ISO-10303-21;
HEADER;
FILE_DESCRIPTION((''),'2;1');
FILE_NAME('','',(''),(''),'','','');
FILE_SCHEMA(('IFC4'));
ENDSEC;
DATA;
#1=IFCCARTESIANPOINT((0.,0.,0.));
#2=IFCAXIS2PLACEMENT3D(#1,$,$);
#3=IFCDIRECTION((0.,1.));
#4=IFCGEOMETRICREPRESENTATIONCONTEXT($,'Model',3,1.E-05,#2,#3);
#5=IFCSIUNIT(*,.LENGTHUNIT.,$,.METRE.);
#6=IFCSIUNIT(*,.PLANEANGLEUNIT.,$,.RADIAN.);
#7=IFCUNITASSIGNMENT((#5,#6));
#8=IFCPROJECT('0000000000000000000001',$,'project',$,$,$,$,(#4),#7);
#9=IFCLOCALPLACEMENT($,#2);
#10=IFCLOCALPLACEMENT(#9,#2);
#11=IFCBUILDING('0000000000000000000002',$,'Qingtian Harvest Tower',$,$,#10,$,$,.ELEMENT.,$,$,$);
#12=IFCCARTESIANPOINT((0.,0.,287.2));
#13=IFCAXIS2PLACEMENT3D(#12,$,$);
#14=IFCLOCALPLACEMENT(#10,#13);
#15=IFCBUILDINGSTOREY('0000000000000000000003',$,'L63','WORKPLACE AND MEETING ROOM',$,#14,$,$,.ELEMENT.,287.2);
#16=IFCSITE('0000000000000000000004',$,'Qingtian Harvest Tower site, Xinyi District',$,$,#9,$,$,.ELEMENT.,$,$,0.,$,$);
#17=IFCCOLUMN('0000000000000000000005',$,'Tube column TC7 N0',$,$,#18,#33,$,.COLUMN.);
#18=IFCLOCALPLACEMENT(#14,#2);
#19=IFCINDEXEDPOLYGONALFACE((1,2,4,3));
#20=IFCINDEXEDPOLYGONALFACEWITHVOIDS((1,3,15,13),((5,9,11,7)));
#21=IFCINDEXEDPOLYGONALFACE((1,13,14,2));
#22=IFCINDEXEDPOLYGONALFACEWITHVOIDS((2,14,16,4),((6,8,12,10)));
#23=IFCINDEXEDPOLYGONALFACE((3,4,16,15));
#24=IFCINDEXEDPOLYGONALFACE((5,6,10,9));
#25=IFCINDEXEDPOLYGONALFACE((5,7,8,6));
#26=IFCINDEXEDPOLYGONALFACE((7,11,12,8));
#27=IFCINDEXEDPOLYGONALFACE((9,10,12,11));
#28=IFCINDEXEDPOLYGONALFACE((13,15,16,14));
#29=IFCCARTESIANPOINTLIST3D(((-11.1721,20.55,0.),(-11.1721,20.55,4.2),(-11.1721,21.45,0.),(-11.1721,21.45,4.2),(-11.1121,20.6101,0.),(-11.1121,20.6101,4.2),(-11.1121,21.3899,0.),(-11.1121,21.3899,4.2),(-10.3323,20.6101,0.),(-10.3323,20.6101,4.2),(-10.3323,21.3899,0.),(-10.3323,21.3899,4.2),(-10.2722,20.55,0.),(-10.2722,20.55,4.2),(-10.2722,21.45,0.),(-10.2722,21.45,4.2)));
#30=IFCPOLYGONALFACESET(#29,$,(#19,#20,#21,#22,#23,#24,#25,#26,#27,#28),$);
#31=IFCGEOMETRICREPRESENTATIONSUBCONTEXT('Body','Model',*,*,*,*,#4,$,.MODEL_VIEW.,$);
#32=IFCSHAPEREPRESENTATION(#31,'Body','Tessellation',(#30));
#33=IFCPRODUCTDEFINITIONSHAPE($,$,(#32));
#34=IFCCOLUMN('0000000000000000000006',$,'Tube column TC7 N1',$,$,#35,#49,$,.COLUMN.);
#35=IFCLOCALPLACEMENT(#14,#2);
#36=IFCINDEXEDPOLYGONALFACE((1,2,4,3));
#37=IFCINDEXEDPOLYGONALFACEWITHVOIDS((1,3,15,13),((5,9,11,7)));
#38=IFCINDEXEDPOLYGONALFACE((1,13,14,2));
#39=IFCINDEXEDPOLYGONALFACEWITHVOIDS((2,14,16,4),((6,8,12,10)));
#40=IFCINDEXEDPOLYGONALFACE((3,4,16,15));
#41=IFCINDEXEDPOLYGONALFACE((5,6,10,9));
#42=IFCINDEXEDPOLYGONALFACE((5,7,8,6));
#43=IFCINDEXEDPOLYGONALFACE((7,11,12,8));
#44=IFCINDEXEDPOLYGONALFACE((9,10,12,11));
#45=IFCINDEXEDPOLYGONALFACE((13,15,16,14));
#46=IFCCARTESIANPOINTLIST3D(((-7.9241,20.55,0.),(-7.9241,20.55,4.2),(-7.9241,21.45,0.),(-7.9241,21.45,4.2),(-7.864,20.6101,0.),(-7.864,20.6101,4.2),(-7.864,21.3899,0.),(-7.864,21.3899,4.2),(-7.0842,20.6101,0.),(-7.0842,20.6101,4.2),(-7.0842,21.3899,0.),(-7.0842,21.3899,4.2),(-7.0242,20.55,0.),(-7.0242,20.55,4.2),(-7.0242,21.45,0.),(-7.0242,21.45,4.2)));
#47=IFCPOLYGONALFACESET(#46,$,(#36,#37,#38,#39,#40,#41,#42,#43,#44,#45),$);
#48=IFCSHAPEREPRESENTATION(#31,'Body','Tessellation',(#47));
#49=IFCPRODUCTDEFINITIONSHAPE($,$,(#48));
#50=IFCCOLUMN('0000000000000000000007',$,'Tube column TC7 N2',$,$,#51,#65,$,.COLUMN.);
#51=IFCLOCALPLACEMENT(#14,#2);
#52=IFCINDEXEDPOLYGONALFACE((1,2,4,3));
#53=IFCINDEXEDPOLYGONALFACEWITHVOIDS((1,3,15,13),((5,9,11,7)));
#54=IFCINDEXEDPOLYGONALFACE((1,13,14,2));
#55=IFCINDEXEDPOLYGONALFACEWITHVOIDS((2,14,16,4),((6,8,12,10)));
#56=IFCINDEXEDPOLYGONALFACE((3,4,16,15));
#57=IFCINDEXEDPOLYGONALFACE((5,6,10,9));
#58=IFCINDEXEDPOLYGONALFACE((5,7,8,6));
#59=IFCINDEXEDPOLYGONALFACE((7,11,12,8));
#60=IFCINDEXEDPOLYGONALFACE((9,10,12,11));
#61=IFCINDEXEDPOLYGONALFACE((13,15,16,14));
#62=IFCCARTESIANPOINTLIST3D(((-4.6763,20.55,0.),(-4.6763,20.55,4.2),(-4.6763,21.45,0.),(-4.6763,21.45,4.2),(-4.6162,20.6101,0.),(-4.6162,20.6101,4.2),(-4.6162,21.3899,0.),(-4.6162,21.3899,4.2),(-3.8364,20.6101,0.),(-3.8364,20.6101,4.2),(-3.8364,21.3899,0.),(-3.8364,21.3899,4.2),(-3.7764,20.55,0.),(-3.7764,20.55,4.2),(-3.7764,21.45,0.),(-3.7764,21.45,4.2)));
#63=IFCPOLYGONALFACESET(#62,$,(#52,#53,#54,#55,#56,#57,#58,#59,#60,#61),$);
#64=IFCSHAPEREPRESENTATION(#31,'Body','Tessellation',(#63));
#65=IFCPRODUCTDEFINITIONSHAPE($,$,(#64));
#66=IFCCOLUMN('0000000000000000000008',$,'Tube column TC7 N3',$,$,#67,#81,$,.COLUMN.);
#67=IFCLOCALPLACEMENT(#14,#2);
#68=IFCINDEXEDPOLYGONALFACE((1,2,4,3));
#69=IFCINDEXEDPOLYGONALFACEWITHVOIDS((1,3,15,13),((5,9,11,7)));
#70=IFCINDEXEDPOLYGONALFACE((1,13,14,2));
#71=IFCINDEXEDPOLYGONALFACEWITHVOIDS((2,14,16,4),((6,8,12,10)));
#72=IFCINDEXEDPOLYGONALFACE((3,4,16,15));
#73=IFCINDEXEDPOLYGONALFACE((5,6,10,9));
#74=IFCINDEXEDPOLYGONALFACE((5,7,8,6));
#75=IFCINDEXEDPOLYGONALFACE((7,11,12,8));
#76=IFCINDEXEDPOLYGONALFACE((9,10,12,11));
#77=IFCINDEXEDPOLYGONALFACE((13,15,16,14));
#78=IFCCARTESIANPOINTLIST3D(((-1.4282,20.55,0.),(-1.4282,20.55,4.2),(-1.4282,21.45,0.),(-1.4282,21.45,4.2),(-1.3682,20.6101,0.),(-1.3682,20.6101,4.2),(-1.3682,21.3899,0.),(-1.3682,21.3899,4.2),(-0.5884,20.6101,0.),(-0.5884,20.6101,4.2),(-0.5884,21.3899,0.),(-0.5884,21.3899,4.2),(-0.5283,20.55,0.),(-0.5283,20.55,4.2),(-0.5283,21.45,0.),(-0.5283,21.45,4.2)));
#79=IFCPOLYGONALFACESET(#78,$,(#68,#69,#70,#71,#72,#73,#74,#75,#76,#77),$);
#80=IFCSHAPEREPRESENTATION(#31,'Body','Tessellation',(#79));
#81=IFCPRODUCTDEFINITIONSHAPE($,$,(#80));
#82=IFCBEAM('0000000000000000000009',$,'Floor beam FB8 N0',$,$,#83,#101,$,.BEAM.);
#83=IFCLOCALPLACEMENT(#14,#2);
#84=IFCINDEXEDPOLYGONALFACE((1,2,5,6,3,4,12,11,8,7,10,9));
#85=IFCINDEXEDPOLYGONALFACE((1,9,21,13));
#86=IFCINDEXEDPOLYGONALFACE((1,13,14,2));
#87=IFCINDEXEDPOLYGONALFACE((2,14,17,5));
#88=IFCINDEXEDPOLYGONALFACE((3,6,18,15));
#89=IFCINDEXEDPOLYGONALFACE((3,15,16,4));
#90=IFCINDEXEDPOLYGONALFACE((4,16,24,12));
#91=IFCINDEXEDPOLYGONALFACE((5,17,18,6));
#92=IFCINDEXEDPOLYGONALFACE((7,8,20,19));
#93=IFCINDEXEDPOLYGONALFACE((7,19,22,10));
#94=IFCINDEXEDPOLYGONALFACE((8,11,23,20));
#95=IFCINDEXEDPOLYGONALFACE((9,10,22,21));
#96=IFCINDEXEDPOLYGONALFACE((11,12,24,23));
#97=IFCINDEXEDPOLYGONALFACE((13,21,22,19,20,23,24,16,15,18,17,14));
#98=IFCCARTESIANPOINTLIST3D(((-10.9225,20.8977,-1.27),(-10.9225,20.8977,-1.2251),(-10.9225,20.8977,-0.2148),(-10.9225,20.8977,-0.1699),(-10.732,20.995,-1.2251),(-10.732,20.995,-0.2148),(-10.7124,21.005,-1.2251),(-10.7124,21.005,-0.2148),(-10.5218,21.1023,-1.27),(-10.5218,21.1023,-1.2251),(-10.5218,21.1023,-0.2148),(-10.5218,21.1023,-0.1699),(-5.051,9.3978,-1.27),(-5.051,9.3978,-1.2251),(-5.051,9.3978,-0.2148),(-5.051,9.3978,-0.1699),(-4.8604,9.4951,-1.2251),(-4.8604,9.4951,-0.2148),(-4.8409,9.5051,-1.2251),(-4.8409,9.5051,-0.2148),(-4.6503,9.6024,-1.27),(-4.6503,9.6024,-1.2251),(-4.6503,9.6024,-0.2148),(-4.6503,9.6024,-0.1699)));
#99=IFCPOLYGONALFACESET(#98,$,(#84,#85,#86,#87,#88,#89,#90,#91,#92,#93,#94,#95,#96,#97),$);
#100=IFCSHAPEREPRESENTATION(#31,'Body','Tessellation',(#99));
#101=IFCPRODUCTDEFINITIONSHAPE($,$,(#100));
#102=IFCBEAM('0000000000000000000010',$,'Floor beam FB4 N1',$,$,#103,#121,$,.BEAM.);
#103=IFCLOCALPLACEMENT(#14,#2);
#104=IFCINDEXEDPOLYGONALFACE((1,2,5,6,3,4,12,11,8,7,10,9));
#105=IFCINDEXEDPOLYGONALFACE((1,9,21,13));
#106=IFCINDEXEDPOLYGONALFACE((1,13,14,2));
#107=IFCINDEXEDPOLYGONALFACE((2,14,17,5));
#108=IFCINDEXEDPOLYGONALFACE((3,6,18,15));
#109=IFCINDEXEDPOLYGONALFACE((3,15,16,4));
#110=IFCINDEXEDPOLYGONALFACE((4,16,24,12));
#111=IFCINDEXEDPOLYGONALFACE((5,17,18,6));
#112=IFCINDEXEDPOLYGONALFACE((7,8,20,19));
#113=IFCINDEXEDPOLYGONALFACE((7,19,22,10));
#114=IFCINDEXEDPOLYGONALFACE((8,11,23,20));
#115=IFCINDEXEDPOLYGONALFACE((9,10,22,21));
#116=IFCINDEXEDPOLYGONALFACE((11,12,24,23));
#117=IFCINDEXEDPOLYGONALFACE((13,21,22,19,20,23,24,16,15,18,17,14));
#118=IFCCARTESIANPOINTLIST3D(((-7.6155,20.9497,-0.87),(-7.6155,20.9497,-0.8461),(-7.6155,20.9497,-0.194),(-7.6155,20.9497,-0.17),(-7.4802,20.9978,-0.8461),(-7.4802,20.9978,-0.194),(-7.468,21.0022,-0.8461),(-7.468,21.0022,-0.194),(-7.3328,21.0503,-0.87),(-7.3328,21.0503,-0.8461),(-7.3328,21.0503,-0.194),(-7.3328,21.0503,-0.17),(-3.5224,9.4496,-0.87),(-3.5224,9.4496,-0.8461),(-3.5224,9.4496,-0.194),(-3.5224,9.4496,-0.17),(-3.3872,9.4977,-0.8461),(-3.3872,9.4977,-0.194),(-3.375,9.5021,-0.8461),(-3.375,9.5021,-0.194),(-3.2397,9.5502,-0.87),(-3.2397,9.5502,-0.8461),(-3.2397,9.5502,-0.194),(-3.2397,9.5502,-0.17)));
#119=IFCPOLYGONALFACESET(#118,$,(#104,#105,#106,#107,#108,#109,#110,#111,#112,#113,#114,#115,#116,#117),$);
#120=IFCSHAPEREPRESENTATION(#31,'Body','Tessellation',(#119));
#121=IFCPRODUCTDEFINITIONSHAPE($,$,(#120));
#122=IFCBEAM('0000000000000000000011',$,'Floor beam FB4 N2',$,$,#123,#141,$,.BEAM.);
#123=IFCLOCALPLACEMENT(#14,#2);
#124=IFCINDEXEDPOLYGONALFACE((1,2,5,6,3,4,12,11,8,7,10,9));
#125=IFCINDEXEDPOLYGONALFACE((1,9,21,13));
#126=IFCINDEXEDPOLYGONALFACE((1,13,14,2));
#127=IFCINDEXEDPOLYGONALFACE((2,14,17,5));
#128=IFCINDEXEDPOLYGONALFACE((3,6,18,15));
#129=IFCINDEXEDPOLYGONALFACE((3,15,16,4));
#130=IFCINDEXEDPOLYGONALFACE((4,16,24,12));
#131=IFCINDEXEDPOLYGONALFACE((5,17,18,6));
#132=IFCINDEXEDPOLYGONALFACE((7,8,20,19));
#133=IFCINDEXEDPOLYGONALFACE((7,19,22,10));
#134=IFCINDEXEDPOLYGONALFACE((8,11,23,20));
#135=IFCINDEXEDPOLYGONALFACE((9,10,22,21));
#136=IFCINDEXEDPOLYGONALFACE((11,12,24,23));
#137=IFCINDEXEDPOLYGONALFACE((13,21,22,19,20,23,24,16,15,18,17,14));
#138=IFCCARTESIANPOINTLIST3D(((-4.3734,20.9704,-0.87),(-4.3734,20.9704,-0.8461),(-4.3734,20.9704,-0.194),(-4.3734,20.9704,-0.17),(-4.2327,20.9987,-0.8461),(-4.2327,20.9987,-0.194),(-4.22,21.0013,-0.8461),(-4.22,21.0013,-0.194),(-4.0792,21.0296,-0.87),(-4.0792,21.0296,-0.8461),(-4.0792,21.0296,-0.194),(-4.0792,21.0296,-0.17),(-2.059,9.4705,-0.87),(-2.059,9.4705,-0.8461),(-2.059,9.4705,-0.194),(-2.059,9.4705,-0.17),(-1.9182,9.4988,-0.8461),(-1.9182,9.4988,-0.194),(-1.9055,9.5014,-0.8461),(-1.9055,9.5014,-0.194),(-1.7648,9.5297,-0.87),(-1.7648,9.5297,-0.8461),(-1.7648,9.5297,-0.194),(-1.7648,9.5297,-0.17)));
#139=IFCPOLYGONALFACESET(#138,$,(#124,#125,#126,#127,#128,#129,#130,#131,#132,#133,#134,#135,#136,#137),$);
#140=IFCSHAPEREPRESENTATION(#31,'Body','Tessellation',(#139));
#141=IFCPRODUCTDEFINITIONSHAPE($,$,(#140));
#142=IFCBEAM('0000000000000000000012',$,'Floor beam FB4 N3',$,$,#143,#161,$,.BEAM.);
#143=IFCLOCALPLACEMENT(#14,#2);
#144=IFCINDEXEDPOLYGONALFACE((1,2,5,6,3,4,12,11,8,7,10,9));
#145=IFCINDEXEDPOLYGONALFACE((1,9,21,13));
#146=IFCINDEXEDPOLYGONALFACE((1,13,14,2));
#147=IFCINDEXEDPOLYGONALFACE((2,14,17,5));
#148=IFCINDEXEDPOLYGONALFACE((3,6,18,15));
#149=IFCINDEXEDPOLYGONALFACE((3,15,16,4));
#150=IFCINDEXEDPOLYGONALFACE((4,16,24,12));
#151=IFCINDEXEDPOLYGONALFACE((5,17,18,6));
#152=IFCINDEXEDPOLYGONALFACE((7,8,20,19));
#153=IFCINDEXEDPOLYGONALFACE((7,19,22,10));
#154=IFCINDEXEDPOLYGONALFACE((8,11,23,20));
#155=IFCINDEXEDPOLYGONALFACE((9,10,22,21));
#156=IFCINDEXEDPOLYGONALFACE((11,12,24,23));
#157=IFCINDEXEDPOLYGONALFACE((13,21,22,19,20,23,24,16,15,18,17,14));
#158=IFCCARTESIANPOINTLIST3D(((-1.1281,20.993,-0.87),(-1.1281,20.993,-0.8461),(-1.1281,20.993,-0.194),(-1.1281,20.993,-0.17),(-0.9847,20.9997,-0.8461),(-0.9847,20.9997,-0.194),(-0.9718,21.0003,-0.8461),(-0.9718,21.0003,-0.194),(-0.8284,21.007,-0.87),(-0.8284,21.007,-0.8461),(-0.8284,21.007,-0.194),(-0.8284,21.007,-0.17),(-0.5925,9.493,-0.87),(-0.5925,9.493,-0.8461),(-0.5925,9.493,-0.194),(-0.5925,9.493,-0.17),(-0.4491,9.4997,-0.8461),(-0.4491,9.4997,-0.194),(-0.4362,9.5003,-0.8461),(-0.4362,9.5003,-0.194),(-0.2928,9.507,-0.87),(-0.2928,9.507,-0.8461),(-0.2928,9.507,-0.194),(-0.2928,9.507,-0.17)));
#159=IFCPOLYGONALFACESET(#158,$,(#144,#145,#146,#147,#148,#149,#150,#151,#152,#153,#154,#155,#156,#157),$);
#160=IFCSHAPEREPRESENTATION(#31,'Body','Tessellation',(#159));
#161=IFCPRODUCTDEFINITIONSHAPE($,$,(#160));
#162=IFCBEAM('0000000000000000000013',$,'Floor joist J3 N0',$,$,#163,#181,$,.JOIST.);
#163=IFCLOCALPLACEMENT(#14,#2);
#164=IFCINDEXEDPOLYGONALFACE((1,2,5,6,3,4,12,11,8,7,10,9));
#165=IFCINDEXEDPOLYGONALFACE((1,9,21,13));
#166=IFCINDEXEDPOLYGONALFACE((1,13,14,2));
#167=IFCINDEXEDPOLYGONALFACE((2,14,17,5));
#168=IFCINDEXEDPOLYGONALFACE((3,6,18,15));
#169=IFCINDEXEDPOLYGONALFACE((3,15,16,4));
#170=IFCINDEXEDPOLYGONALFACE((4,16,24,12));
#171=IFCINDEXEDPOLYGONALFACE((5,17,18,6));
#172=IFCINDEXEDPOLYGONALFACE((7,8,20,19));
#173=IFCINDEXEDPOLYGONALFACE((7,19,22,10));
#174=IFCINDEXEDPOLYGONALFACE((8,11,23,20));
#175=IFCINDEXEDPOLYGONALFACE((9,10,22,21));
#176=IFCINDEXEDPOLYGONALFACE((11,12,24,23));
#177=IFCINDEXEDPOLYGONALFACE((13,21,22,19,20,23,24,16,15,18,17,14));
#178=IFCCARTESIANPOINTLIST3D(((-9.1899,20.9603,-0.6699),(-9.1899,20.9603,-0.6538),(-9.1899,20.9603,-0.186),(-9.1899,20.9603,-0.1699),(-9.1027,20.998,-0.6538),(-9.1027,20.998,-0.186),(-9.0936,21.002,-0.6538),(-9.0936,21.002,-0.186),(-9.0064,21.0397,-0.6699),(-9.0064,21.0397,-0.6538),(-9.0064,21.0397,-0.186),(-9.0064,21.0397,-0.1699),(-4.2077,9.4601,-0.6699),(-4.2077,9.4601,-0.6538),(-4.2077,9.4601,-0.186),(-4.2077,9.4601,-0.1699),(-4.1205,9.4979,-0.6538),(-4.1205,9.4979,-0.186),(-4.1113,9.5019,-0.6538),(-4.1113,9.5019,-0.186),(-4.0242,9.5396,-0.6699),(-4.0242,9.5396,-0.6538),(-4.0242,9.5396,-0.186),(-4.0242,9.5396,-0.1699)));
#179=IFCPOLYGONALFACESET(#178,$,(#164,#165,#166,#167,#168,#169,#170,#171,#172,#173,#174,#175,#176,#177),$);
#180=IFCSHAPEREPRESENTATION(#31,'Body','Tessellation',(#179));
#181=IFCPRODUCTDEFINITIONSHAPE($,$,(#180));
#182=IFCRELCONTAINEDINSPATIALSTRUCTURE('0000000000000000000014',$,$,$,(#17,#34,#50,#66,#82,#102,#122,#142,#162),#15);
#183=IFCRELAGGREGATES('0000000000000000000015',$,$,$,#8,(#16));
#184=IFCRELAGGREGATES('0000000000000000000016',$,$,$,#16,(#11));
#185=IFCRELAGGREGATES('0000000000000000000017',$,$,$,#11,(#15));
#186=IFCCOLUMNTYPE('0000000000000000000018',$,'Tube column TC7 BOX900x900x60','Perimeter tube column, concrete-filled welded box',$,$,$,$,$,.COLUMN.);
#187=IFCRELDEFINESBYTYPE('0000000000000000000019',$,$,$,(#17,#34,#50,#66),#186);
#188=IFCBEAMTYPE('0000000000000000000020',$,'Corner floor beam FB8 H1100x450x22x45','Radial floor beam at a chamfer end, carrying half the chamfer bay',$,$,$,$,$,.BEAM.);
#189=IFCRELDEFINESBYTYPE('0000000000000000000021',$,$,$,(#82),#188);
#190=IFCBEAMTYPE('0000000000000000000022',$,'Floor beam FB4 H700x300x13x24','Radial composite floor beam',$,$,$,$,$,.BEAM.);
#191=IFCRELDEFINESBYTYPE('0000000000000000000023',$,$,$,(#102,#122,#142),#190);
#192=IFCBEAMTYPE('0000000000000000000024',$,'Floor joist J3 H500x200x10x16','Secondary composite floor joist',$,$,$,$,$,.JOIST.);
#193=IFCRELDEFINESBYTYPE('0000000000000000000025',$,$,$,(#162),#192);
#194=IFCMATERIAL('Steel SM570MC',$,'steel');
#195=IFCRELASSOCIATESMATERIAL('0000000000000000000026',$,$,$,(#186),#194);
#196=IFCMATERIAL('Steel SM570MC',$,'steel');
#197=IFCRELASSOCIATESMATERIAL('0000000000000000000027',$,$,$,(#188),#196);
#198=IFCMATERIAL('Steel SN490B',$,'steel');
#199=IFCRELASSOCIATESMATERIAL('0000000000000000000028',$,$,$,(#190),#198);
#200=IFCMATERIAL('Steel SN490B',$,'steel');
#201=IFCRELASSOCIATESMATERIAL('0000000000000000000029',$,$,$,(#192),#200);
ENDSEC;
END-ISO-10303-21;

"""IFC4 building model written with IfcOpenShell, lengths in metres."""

from ifc_helpers import new_model, si_unit, direction, frame, origin, origin_2d, place, context, subcontext, project, spatial, hollow_rectangle, i_section, extrude, material, material_profile, profile_set, type_object, element, save


model = new_model("IFC4")

# Units and contexts
model_context = context("Model", 3, precision=1e-05, world=origin(), true_north=direction((0.0, 1.0)))
body_context = subcontext(model_context, "Body", "Model", "MODEL_VIEW")
ifc_project = project(units=[si_unit("LENGTHUNIT", "METRE"), si_unit("PLANEANGLEUNIT", "RADIAN")], contexts=[model_context])

# Site, building, storey
site_placement = place(None, origin())
site = spatial("IfcSite", under=ifc_project, at=site_placement, Name="Qingtian Harvest Tower site, Xinyi District", CompositionType="ELEMENT", RefElevation=0.0)
building_placement = place(site_placement, origin())
building = spatial("IfcBuilding", under=site, at=building_placement, Name="Qingtian Harvest Tower", CompositionType="ELEMENT")
storey_placement = place(building_placement, frame((0.0, 0.0, 287.2)))
storey = spatial("IfcBuildingStorey", under=building, at=storey_placement, Name="L63", Description="WORKPLACE AND MEETING ROOM", CompositionType="ELEMENT", Elevation=287.2)

# Columns
ifc_material_1 = material(Name="Steel SM570MC", Category="steel")
ifc_material_profile_1 = material_profile(ifc_material_1, hollow_rectangle(XDim=0.8999, YDim=0.8999, WallThickness=0.0601, at=origin_2d()), Name="BOX900x900x60")
ifc_profile_set_1 = profile_set([ifc_material_profile_1], Name="Steel SM570MC")
column_type = type_object("IfcColumnType", Name="Tube column TC7 BOX900x900x60", Description="Perimeter tube column, concrete-filled welded box", PredefinedType="COLUMN", material=ifc_profile_set_1)
for number, where, z_axis, x_axis, name in (
    (1, (-10.7222, 21.0, 0.0), (0.0, 0.0, 1.0), (-1.0, 0.0, 0.0), "Tube column TC7 N0"),
    (2, (-7.4741, 21.0, 0.0), (0.0, 0.0, 1.0), (-1.0, 0.0, 0.0), "Tube column TC7 N1"),
    (3, (-4.2263, 21.0, 0.0), (0.0, 0.0, 1.0), (-1.0, 0.0, 0.0), "Tube column TC7 N2"),
    (4, (-0.9783, 21.0, 0.0), (0.0, 0.0, 1.0), (-1.0, 0.0, 0.0), "Tube column TC7 N3"),
):
    element("IfcColumn", number, at=place(storey_placement, frame(where, z_axis=z_axis, x_axis=x_axis)), inside=storey, type_object=column_type, Name=name, PredefinedType="COLUMN", context=body_context, shape_type="SweptSolid", body=[
        extrude(hollow_rectangle(XDim=0.8999, YDim=0.8999, WallThickness=0.0601, at=origin_2d()), origin(), (0.0, 0.0, 1.0), 4.2),
    ])

# Beams
ifc_material_2 = material(Name="Steel SM570MC", Category="steel")
ifc_material_profile_2 = material_profile(ifc_material_2, i_section(OverallWidth=0.45, OverallDepth=1.1001, WebThickness=0.022, FlangeThickness=0.0449, at=origin_2d()), Name="H1100x450x22x45")
ifc_profile_set_2 = profile_set([ifc_material_profile_2], Name="Steel SM570MC")
beam_type_1 = type_object("IfcBeamType", Name="Corner floor beam FB8 H1100x450x22x45", Description="Radial floor beam at a chamfer end, carrying half the chamfer bay", PredefinedType="BEAM", material=ifc_profile_set_2)
beam_1_placement = place(storey_placement, frame((-10.7222, 21.0, -0.72), z_axis=(0.454731, -0.890629, 0.0), x_axis=(0.890629, 0.454731, 0.0)))
element("IfcBeam", 5, at=beam_1_placement, inside=storey, type_object=beam_type_1, Name="Floor beam FB8 N0", PredefinedType="BEAM", context=body_context, shape_type="SweptSolid", body=[
    extrude(i_section(OverallWidth=0.45, OverallDepth=1.1001, WebThickness=0.022, FlangeThickness=0.0449, at=origin_2d()), origin(), (0.0, 0.0, 1.0), 12.9121),
])
ifc_material_3 = material(Name="Steel SN490B", Category="steel")
ifc_material_profile_3 = material_profile(ifc_material_3, i_section(OverallWidth=0.3, OverallDepth=0.7, WebThickness=0.0129, FlangeThickness=0.0239, at=origin_2d()), Name="H700x300x13x24")
ifc_profile_set_3 = profile_set([ifc_material_profile_3], Name="Steel SN490B")
beam_type_2 = type_object("IfcBeamType", Name="Floor beam FB4 H700x300x13x24", Description="Radial composite floor beam", PredefinedType="BEAM", material=ifc_profile_set_3)
beam_2_placement = place(storey_placement, frame((-7.4741, 21.0, -0.52), z_axis=(0.33531, -0.942108, 0.0), x_axis=(0.942108, 0.33531, 0.0)))
element("IfcBeam", 6, at=beam_2_placement, inside=storey, type_object=beam_type_2, Name="Floor beam FB4 N1", PredefinedType="BEAM", context=body_context, shape_type="SweptSolid", body=[
    extrude(i_section(OverallWidth=0.3, OverallDepth=0.7, WebThickness=0.0129, FlangeThickness=0.0239, at=origin_2d()), origin(), (0.0, 0.0, 1.0), 12.2068),
])
beam_3_placement = place(storey_placement, frame((-4.2263, 21.0, -0.52), z_axis=(0.197301, -0.980343, 0.0), x_axis=(0.980343, 0.197301, 0.0)))
element("IfcBeam", 7, at=beam_3_placement, inside=storey, type_object=beam_type_2, Name="Floor beam FB4 N2", PredefinedType="BEAM", context=body_context, shape_type="SweptSolid", body=[
    extrude(i_section(OverallWidth=0.3, OverallDepth=0.7, WebThickness=0.0129, FlangeThickness=0.0239, at=origin_2d()), origin(), (0.0, 0.0, 1.0), 11.7305),
])
beam_4_placement = place(storey_placement, frame((-0.9783, 21.0, -0.52), z_axis=(0.046527, -0.998917, 0.0), x_axis=(0.998917, 0.046527, 0.0)))
element("IfcBeam", 8, at=beam_4_placement, inside=storey, type_object=beam_type_2, Name="Floor beam FB4 N3", PredefinedType="BEAM", context=body_context, shape_type="SweptSolid", body=[
    extrude(i_section(OverallWidth=0.3, OverallDepth=0.7, WebThickness=0.0129, FlangeThickness=0.0239, at=origin_2d()), origin(), (0.0, 0.0, 1.0), 11.5125),
])
ifc_material_4 = material(Name="Steel SN490B", Category="steel")
ifc_material_profile_4 = material_profile(ifc_material_4, i_section(OverallWidth=0.2, OverallDepth=0.5, WebThickness=0.01, FlangeThickness=0.0161, at=origin_2d()), Name="H500x200x10x16")
ifc_profile_set_4 = profile_set([ifc_material_profile_4], Name="Steel SN490B")
beam_type_3 = type_object("IfcBeamType", Name="Floor joist J3 H500x200x10x16", Description="Secondary composite floor joist", PredefinedType="JOIST", material=ifc_profile_set_4)
beam_5_placement = place(storey_placement, frame((-9.0981, 21.0, -0.4199), z_axis=(0.39753, -0.917589, 0.0), x_axis=(0.917589, 0.39753, 0.0)))
element("IfcBeam", 9, at=beam_5_placement, inside=storey, type_object=beam_type_3, Name="Floor joist J3 N0", PredefinedType="JOIST", context=body_context, shape_type="SweptSolid", body=[
    extrude(i_section(OverallWidth=0.2, OverallDepth=0.5, WebThickness=0.01, FlangeThickness=0.0161, at=origin_2d()), origin(), (0.0, 0.0, 1.0), 12.533),
])

save(model, "model.ifc")
